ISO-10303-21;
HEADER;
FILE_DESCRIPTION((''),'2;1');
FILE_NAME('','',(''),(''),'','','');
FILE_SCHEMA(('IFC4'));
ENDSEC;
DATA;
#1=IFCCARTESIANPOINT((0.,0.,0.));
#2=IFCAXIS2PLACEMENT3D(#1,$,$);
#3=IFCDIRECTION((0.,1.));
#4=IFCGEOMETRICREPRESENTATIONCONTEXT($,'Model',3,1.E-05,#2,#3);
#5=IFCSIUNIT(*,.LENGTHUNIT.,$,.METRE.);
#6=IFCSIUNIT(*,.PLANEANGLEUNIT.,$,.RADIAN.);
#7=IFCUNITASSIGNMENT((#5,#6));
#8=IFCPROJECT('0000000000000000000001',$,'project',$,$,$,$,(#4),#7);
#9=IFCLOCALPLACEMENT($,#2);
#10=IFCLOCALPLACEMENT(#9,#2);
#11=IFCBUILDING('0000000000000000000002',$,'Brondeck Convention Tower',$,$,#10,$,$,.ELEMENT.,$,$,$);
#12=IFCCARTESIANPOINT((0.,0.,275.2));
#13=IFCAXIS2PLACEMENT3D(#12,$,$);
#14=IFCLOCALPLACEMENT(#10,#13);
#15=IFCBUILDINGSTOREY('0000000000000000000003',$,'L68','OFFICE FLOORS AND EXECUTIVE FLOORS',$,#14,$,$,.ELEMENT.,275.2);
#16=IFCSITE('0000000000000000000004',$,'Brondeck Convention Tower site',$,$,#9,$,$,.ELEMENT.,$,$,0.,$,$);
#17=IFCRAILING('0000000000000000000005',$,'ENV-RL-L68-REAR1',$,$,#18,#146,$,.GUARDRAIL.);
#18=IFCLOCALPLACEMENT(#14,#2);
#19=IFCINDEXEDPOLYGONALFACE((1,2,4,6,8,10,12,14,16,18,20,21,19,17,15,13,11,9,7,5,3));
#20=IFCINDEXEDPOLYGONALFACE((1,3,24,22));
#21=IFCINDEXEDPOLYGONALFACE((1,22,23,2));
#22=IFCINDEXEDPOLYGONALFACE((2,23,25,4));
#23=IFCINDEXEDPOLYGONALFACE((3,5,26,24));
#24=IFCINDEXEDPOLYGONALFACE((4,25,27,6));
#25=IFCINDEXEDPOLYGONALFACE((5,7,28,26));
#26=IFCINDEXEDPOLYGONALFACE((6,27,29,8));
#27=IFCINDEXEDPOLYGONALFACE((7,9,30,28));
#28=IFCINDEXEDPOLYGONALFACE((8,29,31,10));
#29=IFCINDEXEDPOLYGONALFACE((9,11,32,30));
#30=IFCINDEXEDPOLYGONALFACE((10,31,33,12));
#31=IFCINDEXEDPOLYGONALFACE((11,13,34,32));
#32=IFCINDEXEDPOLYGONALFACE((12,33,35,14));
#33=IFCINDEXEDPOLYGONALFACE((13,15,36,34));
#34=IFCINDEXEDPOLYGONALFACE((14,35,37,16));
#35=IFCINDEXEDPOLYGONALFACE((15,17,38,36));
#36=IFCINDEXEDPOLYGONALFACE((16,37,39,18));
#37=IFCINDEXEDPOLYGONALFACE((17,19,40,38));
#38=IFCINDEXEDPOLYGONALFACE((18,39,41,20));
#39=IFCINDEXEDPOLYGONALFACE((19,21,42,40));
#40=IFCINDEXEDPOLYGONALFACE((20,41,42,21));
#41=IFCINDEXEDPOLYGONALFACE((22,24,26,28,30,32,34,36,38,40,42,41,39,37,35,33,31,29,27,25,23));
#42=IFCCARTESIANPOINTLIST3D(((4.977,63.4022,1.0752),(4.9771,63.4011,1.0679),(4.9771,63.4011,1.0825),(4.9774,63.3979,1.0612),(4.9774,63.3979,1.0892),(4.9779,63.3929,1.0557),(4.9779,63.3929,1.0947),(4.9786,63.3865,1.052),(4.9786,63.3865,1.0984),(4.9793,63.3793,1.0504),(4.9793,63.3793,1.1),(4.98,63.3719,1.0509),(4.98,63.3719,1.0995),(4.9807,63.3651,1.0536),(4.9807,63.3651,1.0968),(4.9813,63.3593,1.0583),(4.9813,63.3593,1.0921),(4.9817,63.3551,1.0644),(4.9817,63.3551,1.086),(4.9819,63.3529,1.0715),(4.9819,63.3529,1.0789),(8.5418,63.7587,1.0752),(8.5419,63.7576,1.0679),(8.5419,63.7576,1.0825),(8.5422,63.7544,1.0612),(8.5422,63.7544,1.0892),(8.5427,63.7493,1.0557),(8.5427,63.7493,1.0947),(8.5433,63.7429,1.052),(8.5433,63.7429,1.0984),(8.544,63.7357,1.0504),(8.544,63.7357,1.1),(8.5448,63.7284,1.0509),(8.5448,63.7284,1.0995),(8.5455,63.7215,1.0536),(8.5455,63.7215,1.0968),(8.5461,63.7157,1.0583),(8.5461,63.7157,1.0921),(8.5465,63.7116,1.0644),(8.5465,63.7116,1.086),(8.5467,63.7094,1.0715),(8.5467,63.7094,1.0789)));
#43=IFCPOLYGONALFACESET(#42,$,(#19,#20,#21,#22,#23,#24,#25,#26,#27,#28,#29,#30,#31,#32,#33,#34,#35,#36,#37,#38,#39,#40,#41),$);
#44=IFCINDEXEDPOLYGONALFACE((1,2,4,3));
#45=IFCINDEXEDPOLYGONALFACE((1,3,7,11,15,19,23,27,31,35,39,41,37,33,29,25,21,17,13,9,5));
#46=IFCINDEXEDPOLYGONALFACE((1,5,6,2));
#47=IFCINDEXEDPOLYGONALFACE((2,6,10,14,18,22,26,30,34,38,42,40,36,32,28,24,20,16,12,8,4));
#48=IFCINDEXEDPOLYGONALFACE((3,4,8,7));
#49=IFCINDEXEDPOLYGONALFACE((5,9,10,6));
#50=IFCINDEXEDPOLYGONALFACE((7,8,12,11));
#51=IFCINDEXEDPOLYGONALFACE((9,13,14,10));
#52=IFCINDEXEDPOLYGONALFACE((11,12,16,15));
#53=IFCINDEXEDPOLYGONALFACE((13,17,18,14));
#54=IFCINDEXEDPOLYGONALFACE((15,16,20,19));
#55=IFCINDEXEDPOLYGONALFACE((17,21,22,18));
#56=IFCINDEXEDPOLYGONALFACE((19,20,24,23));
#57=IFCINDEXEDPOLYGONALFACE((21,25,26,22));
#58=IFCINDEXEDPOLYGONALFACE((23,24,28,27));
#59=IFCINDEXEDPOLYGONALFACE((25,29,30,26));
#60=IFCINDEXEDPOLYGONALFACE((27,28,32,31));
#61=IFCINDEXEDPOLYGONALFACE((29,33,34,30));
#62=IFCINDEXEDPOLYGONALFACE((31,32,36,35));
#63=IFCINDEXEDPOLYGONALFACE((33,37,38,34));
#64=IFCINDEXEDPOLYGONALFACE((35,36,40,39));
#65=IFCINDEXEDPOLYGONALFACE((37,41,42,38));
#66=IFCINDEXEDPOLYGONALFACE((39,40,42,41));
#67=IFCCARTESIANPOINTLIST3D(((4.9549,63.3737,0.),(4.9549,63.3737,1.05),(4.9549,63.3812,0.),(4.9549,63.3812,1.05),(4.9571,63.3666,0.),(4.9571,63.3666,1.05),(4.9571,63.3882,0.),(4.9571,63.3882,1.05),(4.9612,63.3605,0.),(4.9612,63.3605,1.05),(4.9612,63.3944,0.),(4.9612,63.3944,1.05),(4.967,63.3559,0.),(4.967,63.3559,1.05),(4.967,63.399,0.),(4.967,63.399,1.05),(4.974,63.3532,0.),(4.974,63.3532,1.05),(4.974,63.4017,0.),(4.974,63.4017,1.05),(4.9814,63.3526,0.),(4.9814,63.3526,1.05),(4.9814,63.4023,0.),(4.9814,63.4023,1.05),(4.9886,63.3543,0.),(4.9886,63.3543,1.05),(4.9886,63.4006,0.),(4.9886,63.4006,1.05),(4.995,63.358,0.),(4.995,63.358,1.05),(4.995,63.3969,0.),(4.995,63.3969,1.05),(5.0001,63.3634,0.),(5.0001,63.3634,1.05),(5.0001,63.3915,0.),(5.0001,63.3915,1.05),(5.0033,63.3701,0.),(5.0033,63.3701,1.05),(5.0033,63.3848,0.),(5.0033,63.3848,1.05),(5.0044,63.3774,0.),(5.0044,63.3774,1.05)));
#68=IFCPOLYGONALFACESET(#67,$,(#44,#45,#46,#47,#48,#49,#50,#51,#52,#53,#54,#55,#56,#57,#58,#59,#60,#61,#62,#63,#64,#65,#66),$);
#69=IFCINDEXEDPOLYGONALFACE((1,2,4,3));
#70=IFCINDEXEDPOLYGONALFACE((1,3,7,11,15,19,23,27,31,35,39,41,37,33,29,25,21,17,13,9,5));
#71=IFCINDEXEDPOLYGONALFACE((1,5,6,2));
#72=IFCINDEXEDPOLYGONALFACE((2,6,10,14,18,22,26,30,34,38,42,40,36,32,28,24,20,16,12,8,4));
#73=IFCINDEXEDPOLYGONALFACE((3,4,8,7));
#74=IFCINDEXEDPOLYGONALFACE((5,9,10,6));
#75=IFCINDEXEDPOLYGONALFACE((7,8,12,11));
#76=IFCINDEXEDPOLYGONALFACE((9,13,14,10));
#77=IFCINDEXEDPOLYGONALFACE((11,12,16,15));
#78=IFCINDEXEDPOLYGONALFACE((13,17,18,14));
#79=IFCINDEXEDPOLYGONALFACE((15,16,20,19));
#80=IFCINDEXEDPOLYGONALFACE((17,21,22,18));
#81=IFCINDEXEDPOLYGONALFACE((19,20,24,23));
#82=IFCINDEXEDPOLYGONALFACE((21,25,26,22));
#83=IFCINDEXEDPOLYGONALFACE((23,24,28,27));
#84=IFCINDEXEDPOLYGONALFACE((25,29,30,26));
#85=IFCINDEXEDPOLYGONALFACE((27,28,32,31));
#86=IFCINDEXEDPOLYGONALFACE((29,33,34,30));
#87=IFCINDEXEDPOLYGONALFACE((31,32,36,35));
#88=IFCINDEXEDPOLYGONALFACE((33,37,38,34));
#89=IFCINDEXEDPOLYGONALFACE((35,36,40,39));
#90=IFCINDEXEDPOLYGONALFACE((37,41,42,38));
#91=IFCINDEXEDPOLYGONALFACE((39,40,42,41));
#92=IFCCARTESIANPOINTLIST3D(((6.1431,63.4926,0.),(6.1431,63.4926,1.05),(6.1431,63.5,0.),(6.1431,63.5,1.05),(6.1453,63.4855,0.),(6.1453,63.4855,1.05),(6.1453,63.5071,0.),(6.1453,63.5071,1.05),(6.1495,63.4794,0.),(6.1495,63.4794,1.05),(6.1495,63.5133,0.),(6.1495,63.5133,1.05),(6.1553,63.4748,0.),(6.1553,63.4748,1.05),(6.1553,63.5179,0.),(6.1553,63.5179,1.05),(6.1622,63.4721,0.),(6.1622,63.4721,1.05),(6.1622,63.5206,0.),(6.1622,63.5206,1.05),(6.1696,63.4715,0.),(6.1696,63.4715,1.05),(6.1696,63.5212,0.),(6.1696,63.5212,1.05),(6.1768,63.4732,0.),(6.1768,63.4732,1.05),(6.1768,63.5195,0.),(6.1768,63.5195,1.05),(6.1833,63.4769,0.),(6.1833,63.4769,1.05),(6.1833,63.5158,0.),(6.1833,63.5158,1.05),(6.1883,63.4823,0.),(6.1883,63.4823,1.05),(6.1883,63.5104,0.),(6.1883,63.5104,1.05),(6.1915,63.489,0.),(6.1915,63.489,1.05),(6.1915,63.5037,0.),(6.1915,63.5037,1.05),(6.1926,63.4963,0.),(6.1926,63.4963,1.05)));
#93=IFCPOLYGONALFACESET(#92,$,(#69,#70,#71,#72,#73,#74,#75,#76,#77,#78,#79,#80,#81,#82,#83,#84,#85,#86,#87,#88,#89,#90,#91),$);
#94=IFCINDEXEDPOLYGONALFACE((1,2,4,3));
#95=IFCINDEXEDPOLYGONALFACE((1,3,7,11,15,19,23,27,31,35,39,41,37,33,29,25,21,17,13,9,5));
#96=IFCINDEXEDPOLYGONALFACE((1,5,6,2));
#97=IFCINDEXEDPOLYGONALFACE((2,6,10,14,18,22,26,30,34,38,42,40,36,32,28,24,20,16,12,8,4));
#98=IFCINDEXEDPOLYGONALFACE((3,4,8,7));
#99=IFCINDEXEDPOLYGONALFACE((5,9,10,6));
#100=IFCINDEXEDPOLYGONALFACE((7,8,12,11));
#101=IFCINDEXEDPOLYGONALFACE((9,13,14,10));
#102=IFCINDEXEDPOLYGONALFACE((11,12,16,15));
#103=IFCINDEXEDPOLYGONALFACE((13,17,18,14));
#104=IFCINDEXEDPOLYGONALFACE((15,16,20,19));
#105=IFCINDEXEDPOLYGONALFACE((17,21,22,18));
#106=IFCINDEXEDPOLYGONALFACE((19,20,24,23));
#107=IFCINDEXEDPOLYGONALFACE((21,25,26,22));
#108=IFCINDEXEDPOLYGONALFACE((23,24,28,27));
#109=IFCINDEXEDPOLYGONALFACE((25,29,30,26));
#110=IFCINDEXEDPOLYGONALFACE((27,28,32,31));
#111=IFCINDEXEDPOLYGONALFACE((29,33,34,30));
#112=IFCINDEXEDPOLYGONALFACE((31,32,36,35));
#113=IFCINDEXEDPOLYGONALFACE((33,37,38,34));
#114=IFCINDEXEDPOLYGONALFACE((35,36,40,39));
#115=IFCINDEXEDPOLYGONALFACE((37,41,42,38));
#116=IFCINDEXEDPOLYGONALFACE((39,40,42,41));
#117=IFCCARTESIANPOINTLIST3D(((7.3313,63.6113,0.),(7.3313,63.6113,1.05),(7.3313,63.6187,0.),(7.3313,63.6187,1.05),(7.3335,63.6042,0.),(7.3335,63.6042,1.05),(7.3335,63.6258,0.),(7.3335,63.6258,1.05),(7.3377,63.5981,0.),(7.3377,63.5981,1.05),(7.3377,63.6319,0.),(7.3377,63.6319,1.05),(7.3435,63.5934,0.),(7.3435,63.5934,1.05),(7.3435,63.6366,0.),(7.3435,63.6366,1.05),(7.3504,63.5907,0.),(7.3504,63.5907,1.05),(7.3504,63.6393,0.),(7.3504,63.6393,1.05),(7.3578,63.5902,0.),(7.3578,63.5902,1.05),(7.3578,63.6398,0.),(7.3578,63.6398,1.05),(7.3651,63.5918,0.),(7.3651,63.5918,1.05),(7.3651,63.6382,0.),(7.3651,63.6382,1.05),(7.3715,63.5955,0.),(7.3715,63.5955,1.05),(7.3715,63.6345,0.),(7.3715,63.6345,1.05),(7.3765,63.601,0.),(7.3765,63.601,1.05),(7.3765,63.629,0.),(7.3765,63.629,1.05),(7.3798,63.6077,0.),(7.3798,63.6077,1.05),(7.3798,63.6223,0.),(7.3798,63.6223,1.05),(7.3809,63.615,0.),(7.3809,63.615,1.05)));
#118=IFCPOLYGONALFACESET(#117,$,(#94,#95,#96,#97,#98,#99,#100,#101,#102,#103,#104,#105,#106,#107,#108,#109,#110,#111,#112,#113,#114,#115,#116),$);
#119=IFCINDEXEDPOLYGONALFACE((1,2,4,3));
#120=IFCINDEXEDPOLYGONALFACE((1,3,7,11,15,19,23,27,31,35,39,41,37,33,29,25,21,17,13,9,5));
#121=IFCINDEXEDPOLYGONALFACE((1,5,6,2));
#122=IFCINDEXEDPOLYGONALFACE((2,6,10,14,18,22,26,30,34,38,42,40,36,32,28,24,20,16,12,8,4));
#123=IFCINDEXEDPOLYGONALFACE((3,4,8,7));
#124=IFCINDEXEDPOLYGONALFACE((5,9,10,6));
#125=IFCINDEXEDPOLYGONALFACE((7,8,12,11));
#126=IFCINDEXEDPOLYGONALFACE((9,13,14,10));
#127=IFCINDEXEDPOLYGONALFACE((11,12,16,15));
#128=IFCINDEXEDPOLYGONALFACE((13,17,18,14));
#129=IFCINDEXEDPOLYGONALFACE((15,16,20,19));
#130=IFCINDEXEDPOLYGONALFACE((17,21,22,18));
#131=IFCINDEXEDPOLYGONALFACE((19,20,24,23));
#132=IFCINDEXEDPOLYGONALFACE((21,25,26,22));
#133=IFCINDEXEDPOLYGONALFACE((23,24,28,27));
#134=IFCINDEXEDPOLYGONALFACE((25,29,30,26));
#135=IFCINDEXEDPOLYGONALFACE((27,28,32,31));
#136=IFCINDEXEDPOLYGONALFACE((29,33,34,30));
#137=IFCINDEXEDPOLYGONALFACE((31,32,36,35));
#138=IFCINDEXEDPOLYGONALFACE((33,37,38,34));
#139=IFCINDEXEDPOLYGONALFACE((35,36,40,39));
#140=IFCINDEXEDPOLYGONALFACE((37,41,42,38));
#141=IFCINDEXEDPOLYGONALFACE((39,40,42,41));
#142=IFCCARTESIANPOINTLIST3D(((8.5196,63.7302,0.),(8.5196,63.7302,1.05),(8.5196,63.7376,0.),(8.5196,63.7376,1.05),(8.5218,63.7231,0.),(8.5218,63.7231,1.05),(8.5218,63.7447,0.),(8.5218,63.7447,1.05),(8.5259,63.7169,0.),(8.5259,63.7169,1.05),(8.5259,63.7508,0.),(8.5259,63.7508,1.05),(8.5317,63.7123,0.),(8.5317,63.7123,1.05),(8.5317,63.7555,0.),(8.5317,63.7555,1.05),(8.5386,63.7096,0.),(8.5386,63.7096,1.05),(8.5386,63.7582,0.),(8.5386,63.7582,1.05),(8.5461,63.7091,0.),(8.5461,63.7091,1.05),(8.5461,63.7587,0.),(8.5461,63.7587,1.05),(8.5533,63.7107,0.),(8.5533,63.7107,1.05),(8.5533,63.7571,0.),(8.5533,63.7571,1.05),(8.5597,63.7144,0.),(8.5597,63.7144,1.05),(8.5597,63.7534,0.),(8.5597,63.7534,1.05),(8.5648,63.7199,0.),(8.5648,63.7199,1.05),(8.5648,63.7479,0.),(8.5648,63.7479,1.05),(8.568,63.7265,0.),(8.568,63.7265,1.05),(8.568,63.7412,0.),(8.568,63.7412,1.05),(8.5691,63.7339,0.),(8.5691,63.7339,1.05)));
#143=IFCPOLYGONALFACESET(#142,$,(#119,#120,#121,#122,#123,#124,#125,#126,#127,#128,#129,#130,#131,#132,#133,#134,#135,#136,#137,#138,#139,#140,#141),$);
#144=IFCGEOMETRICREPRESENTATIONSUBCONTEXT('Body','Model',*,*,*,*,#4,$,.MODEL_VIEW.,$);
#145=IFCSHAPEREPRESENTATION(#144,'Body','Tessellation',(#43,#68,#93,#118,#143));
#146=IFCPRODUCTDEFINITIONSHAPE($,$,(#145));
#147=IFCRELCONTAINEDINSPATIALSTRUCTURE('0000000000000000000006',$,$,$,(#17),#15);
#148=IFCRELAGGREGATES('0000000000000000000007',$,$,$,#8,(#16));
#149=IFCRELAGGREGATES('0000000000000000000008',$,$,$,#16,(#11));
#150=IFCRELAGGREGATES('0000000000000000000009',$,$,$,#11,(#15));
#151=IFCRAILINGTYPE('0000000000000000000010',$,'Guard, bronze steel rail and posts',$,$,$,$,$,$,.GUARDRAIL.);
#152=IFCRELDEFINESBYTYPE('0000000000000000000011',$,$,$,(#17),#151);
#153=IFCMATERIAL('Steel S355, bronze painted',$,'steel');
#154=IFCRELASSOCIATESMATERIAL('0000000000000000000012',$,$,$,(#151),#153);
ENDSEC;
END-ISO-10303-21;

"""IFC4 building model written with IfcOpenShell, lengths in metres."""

from ifc_helpers import new_model, si_unit, direction, frame, origin, origin_2d, place, context, subcontext, project, spatial, circle, extrude, material, type_object, element, save


model = new_model("IFC4")

# Units and contexts
model_context = context("Model", 3, precision=1e-05, world=origin(), true_north=direction((0.0, 1.0)))
body_context = subcontext(model_context, "Body", "Model", "MODEL_VIEW")
ifc_project = project(units=[si_unit("LENGTHUNIT", "METRE"), si_unit("PLANEANGLEUNIT", "RADIAN")], contexts=[model_context])

# Site, building, storey
site_placement = place(None, origin())
site = spatial("IfcSite", under=ifc_project, at=site_placement, Name="Brondeck Convention Tower site", CompositionType="ELEMENT", RefElevation=0.0)
building_placement = place(site_placement, origin())
building = spatial("IfcBuilding", under=site, at=building_placement, Name="Brondeck Convention Tower", CompositionType="ELEMENT")
storey_placement = place(building_placement, frame((0.0, 0.0, 275.2)))
storey = spatial("IfcBuildingStorey", under=building, at=storey_placement, Name="L68", Description="OFFICE FLOORS AND EXECUTIVE FLOORS", CompositionType="ELEMENT", Elevation=275.2)

# Railing
ifc_material_1 = material(Name="Steel S355, bronze painted", Category="steel")
railing_type = type_object("IfcRailingType", Name="Guard, bronze steel rail and posts", PredefinedType="GUARDRAIL", material=ifc_material_1)
railing_placement = place(storey_placement, frame((4.9795, 63.3774, 0.0)))
element("IfcRailing", 1, at=railing_placement, inside=storey, type_object=railing_type, Name="ENV-RL-L68-REAR1", PredefinedType="GUARDRAIL", context=body_context, shape_type="SweptSolid", body=[
    extrude(circle(Radius=0.0249, at=origin_2d()), frame((0.0, 0.0, 1.0752), z_axis=(0.995038, 0.099497, 0.0), x_axis=(-0.099497, 0.995038, 0.0)), (0.0, 0.0, 1.0), 3.5825),
    extrude(circle(Radius=0.0249, at=origin_2d()), origin(), (0.0, 0.0, 1.0), 1.05),
    extrude(circle(Radius=0.0249, at=origin_2d()), frame((1.1882, 0.1189, 0.0)), (0.0, 0.0, 1.0), 1.05),
    extrude(circle(Radius=0.0249, at=origin_2d()), frame((2.3765, 0.2375, 0.0)), (0.0, 0.0, 1.0), 1.05),
    extrude(circle(Radius=0.0249, at=origin_2d()), frame((3.5647, 0.3564, 0.0)), (0.0, 0.0, 1.0), 1.05),
])

save(model, "model.ifc")
